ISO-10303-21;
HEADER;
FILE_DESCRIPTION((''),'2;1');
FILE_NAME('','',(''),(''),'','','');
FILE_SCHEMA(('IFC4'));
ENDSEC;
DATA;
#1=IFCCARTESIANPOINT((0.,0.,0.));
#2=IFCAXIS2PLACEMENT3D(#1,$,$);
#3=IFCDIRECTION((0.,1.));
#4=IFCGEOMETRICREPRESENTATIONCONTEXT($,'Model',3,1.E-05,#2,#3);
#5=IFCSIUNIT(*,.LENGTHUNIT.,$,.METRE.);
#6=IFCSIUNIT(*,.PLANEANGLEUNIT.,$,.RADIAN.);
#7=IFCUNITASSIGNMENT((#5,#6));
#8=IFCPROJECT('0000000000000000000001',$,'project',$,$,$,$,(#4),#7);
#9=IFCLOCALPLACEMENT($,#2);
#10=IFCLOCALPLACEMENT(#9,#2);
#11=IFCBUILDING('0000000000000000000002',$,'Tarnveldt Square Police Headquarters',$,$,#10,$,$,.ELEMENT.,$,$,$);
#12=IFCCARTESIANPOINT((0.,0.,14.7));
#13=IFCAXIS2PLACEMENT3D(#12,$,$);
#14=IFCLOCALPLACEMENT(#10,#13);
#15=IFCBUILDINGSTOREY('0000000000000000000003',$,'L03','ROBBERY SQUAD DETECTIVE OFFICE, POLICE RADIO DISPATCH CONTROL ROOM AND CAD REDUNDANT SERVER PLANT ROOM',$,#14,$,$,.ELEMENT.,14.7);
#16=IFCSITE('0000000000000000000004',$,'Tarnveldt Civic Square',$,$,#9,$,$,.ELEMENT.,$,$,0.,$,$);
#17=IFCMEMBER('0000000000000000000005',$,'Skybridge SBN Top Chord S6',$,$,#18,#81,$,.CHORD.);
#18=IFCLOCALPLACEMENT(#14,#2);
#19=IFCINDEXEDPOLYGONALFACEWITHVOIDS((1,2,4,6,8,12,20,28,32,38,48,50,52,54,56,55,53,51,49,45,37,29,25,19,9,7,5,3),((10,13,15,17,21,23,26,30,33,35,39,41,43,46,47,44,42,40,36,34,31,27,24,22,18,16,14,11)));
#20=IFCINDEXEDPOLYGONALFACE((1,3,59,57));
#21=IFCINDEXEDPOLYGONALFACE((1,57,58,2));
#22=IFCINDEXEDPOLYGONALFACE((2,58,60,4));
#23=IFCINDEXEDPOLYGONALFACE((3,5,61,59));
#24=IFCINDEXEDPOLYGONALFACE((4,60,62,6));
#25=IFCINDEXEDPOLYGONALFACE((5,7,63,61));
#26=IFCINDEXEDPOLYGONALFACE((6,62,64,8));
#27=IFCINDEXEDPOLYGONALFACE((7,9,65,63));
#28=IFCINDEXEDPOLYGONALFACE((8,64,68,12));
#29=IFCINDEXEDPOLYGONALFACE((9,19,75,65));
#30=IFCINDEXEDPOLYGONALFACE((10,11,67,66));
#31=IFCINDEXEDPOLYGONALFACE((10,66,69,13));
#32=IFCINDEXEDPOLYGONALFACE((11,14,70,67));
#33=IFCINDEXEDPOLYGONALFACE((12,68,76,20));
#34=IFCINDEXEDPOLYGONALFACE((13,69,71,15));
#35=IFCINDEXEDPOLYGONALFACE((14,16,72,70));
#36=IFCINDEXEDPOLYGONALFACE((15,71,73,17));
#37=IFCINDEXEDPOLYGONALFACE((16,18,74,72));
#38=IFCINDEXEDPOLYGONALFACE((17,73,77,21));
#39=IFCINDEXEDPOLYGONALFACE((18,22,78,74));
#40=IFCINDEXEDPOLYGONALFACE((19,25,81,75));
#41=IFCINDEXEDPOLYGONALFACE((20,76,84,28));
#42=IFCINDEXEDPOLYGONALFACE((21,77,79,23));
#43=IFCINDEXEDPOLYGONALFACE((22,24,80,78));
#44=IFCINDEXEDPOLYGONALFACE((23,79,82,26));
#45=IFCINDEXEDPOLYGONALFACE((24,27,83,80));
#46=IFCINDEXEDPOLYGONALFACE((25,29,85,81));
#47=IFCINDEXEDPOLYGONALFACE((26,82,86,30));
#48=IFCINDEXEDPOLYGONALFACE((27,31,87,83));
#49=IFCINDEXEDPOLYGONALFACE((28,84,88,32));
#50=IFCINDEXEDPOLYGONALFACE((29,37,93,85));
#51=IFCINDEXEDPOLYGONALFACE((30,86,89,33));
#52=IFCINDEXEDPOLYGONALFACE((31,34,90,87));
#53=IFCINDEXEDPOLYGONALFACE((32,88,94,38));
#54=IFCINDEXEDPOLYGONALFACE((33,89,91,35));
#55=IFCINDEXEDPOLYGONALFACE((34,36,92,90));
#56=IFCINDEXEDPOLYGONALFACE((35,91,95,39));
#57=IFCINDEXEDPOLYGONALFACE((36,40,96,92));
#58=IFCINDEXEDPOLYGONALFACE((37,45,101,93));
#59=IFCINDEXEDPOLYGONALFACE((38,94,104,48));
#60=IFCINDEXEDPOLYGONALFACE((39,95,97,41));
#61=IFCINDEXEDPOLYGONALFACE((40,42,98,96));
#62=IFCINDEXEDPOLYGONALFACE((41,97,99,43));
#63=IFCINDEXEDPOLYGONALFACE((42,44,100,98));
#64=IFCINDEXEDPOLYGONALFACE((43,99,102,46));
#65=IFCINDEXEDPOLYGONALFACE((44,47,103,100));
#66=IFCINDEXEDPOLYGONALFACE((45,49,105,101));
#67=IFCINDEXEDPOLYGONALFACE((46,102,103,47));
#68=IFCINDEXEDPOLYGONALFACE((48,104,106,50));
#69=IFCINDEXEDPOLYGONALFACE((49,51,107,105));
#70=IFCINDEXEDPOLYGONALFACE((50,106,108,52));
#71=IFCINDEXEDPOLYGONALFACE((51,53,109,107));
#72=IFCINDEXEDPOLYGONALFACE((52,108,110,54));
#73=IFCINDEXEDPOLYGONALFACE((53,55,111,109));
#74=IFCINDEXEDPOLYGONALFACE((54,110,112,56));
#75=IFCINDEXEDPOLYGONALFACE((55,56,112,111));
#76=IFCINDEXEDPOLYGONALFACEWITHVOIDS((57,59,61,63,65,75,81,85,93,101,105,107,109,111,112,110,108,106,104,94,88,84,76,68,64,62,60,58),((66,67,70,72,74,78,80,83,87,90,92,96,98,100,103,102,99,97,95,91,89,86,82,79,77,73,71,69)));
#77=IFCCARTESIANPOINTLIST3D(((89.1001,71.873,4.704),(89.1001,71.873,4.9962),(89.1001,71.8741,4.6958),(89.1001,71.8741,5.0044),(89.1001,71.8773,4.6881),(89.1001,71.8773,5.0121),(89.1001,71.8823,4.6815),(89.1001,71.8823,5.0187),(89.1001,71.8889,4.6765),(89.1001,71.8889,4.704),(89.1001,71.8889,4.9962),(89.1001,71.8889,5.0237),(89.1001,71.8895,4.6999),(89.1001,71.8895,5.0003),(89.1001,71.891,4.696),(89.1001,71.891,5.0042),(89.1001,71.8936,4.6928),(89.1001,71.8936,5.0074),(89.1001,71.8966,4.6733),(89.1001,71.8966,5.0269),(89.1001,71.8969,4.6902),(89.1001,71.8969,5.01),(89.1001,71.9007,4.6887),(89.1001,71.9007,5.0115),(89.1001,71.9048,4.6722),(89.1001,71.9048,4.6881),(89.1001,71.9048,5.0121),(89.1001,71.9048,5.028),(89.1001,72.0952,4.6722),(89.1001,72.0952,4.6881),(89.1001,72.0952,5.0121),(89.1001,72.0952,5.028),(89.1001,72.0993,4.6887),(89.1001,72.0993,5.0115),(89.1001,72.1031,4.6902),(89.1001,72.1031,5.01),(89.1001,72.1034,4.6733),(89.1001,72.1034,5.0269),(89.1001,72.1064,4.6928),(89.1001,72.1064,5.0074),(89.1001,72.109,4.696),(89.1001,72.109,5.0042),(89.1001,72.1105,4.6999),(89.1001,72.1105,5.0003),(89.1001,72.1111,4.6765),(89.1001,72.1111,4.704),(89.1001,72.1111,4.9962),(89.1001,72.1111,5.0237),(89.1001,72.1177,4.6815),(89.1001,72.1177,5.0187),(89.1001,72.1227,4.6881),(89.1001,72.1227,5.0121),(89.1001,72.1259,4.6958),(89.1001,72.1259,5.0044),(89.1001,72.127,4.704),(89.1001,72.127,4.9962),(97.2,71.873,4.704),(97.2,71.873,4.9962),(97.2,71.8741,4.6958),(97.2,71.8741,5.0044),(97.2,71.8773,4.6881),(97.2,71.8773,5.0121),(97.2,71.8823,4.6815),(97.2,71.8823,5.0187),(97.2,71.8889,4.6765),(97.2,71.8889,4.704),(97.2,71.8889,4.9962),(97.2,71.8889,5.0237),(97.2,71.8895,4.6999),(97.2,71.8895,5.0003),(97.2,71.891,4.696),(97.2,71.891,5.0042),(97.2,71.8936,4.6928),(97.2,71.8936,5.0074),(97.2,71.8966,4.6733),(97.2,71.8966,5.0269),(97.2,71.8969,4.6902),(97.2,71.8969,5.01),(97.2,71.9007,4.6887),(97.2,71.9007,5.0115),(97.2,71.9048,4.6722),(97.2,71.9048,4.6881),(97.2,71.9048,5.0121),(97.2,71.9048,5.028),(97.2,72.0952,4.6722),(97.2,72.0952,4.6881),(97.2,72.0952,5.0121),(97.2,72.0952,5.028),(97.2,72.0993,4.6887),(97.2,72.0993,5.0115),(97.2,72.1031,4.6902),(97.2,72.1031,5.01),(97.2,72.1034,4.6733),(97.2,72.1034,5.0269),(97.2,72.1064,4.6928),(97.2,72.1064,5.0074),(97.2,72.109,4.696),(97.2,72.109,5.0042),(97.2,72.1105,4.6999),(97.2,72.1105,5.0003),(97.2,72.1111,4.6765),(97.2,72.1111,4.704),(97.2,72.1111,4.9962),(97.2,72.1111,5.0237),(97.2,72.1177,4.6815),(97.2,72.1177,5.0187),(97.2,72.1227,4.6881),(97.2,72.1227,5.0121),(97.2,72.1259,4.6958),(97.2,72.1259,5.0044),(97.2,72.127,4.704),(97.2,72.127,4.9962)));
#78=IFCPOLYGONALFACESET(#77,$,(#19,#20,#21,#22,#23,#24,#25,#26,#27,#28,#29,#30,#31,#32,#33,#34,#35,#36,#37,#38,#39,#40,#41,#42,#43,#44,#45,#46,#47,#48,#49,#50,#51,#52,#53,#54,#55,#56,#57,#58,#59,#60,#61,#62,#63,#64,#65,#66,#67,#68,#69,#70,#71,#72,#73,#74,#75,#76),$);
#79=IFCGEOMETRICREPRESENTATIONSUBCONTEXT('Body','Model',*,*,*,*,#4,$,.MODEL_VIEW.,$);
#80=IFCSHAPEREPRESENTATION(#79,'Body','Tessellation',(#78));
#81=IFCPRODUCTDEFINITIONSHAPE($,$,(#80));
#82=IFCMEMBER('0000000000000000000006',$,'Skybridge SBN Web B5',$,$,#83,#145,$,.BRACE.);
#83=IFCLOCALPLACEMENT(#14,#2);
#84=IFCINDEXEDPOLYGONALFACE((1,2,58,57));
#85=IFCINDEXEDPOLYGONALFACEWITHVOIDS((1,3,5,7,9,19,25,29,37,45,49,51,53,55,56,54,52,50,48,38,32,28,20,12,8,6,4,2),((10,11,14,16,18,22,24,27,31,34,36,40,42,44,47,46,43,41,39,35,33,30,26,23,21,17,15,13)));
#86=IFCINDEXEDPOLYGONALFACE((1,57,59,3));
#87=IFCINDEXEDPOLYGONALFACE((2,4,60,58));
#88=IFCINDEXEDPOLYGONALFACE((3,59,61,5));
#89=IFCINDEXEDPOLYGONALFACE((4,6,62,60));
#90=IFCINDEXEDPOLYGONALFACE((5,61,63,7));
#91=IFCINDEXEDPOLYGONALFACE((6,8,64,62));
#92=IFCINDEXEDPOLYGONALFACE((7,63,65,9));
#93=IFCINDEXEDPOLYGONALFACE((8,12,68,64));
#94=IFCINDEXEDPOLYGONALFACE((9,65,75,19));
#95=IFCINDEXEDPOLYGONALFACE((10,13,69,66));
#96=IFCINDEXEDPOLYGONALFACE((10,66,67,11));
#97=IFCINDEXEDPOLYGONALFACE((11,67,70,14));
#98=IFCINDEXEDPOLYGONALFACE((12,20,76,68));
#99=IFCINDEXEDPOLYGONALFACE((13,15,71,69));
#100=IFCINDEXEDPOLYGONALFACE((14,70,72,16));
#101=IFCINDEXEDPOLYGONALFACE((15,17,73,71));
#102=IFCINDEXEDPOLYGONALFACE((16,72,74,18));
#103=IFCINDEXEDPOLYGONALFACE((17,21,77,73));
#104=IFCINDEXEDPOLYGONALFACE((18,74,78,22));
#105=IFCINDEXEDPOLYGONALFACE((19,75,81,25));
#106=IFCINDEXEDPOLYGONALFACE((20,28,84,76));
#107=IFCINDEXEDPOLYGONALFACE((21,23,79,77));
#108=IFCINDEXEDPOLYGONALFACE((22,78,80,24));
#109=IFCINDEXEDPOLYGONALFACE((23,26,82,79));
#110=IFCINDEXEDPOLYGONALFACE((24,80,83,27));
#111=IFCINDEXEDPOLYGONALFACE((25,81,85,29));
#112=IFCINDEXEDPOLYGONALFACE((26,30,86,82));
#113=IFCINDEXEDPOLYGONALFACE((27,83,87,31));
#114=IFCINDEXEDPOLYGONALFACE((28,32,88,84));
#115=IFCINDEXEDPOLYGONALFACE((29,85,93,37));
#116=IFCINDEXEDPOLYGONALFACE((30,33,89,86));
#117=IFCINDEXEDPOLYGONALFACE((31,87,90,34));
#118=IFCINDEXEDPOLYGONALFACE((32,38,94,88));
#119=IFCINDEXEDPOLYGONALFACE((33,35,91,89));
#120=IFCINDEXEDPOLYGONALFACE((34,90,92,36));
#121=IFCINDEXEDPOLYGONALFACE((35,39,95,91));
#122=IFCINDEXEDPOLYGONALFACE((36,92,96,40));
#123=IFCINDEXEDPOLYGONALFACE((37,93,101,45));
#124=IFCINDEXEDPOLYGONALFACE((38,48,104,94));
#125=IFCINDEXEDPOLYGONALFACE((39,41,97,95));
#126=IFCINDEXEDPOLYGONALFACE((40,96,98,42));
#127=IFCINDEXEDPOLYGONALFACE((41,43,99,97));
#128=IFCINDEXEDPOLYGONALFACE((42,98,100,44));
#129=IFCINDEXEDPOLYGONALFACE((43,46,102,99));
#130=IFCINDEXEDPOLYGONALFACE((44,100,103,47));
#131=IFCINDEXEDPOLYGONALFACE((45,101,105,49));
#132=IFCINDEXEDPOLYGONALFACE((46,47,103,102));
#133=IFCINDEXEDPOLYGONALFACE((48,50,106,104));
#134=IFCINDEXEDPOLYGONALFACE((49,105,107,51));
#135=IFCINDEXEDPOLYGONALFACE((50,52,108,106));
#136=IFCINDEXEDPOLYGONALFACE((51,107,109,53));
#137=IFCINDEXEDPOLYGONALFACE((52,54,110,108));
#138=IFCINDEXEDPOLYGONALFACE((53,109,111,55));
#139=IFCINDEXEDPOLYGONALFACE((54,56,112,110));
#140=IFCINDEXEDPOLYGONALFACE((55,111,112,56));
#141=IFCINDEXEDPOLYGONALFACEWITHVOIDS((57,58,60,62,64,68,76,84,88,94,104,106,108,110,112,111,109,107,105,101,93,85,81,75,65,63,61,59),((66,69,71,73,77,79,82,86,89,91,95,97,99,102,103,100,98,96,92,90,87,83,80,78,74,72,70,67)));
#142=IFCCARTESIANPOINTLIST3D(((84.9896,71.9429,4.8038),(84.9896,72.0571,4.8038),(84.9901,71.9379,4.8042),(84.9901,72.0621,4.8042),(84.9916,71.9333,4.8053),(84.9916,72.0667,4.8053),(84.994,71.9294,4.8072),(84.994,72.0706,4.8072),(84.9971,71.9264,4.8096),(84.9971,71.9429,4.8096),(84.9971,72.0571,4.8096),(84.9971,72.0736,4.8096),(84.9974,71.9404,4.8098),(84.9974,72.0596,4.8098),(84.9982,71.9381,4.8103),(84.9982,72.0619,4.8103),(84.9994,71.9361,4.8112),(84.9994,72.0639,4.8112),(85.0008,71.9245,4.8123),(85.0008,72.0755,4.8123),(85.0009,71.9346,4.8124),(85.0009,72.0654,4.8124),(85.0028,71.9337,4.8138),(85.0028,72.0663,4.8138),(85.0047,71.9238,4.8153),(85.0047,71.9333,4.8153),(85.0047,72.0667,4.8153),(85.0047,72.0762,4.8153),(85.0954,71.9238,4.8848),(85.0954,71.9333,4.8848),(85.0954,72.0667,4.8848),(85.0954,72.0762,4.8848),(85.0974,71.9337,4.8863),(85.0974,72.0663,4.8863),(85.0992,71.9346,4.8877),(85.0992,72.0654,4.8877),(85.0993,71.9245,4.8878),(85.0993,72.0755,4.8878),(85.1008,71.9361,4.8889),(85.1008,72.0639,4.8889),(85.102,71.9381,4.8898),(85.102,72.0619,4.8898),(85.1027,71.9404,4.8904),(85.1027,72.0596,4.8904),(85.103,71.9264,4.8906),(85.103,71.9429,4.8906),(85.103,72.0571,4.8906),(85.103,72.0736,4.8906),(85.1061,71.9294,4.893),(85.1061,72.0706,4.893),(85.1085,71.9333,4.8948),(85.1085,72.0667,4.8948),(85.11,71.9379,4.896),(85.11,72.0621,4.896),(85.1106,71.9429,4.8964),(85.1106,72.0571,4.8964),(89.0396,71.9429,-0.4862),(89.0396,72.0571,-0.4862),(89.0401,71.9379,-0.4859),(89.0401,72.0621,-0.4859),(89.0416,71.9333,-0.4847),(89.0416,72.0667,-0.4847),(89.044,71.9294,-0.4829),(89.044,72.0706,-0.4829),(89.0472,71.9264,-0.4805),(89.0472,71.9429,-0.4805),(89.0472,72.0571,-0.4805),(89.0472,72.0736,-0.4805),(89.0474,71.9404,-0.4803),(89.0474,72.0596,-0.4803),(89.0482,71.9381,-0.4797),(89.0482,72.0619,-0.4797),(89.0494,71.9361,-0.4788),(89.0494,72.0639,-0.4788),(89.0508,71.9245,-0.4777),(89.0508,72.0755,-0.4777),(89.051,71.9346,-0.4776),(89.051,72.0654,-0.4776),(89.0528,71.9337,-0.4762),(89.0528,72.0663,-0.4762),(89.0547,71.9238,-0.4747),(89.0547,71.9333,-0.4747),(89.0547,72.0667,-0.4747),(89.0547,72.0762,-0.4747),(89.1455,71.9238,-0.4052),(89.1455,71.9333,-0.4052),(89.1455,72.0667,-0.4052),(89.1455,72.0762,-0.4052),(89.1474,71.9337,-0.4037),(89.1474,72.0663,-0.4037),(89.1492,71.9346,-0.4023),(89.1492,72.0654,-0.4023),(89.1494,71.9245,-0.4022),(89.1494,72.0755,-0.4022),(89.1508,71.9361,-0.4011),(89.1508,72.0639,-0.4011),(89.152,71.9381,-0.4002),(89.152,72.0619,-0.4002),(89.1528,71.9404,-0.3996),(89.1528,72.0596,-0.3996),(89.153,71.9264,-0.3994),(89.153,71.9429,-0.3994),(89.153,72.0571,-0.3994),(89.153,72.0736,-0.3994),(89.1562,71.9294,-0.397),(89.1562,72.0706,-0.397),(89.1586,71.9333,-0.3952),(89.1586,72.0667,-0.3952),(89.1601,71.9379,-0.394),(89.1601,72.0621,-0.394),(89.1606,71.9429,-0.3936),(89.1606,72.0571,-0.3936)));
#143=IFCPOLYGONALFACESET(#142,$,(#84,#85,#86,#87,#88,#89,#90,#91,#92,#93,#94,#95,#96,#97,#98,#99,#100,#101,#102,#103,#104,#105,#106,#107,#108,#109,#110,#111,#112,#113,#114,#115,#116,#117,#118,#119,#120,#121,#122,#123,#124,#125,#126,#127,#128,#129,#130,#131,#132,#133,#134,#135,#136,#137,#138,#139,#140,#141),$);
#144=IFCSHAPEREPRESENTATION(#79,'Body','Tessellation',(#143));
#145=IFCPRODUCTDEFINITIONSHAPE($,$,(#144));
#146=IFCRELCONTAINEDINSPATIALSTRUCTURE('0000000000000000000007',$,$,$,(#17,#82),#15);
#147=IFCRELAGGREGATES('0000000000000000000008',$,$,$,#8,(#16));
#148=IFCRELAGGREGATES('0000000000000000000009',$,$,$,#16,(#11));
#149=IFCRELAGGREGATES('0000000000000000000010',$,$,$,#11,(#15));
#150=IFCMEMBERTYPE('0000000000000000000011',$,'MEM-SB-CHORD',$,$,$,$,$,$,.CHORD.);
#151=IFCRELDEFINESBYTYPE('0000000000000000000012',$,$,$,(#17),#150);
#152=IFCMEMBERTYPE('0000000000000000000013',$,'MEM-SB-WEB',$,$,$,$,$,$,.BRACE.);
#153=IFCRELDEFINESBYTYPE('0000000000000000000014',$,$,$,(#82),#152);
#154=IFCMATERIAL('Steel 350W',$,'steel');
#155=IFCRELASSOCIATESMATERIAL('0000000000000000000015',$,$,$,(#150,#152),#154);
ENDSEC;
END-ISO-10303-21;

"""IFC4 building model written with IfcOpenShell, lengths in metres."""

from ifc_helpers import new_model, si_unit, direction, frame, origin, origin_2d, place, context, subcontext, project, spatial, hollow_rectangle, extrude, material, material_profile, profile_set, type_object, element, save


model = new_model("IFC4")

# Units and contexts
model_context = context("Model", 3, precision=1e-05, world=origin(), true_north=direction((0.0, 1.0)))
body_context = subcontext(model_context, "Body", "Model", "MODEL_VIEW")
ifc_project = project(units=[si_unit("LENGTHUNIT", "METRE"), si_unit("PLANEANGLEUNIT", "RADIAN")], contexts=[model_context])

# Site, building, storey
site_placement = place(None, origin())
site = spatial("IfcSite", under=ifc_project, at=site_placement, Name="Tarnveldt Civic Square", CompositionType="ELEMENT", RefElevation=0.0)
building_placement = place(site_placement, origin())
building = spatial("IfcBuilding", under=site, at=building_placement, Name="Tarnveldt Square Police Headquarters", CompositionType="ELEMENT")
storey_placement = place(building_placement, frame((0.0, 0.0, 14.7)))
storey = spatial("IfcBuildingStorey", under=building, at=storey_placement, Name="L03", Description="ROBBERY SQUAD DETECTIVE OFFICE, POLICE RADIO DISPATCH CONTROL ROOM AND CAD REDUNDANT SERVER PLANT ROOM", CompositionType="ELEMENT", Elevation=14.7)

# Shared definitions
ifc_material_1 = material(Name="Steel 350W", Category="steel")

# Members
ifc_material_profile_1 = material_profile(ifc_material_1, hollow_rectangle(XDim=0.2539, YDim=0.3557, WallThickness=0.0159, InnerFilletRadius=0.0159, OuterFilletRadius=0.0317, at=origin_2d()), Name="HSS356x254x16")
ifc_profile_set_1 = profile_set([ifc_material_profile_1], Name="Steel 350W")
member_type_1 = type_object("IfcMemberType", Name="MEM-SB-CHORD", PredefinedType="CHORD", material=ifc_profile_set_1)
for number, where, z_axis, x_axis, name in (
    (1, (89.1001, 72.0, 4.8501), (1.0, 0.0, 0.0), (0.0, 1.0, 0.0), "Skybridge SBN Top Chord S6"),
):
    element("IfcMember", number, at=place(storey_placement, frame(where, z_axis=z_axis, x_axis=x_axis)), inside=storey, type_object=member_type_1, Name=name, PredefinedType="CHORD", context=body_context, shape_type="SweptSolid", body=[
        extrude(hollow_rectangle(XDim=0.2539, YDim=0.3557, WallThickness=0.0159, InnerFilletRadius=0.0159, OuterFilletRadius=0.0317, at=origin_2d()), origin(), (0.0, 0.0, 1.0), 8.0999),
    ])
ifc_material_profile_2 = material_profile(ifc_material_1, hollow_rectangle(XDim=0.1523, YDim=0.1523, WallThickness=0.0095, InnerFilletRadius=0.0095, OuterFilletRadius=0.019, at=origin_2d()), Name="HSS152x152x9.5")
ifc_profile_set_2 = profile_set([ifc_material_profile_2], Name="Steel 350W")
member_type_2 = type_object("IfcMemberType", Name="MEM-SB-WEB", PredefinedType="BRACE", material=ifc_profile_set_2)
for number, where, z_axis, x_axis, name in (
    (2, (89.1001, 72.0, -0.4399), (-0.607898, 0.0, 0.794016), (0.0, -1.0, 0.0), "Skybridge SBN Web B5"),
):
    element("IfcMember", number, at=place(storey_placement, frame(where, z_axis=z_axis, x_axis=x_axis)), inside=storey, type_object=member_type_2, Name=name, PredefinedType="BRACE", context=body_context, shape_type="SweptSolid", body=[
        extrude(hollow_rectangle(XDim=0.1523, YDim=0.1523, WallThickness=0.0095, InnerFilletRadius=0.0095, OuterFilletRadius=0.019, at=origin_2d()), origin(), (0.0, 0.0, 1.0), 6.6624),
    ])

save(model, "model.ifc")
